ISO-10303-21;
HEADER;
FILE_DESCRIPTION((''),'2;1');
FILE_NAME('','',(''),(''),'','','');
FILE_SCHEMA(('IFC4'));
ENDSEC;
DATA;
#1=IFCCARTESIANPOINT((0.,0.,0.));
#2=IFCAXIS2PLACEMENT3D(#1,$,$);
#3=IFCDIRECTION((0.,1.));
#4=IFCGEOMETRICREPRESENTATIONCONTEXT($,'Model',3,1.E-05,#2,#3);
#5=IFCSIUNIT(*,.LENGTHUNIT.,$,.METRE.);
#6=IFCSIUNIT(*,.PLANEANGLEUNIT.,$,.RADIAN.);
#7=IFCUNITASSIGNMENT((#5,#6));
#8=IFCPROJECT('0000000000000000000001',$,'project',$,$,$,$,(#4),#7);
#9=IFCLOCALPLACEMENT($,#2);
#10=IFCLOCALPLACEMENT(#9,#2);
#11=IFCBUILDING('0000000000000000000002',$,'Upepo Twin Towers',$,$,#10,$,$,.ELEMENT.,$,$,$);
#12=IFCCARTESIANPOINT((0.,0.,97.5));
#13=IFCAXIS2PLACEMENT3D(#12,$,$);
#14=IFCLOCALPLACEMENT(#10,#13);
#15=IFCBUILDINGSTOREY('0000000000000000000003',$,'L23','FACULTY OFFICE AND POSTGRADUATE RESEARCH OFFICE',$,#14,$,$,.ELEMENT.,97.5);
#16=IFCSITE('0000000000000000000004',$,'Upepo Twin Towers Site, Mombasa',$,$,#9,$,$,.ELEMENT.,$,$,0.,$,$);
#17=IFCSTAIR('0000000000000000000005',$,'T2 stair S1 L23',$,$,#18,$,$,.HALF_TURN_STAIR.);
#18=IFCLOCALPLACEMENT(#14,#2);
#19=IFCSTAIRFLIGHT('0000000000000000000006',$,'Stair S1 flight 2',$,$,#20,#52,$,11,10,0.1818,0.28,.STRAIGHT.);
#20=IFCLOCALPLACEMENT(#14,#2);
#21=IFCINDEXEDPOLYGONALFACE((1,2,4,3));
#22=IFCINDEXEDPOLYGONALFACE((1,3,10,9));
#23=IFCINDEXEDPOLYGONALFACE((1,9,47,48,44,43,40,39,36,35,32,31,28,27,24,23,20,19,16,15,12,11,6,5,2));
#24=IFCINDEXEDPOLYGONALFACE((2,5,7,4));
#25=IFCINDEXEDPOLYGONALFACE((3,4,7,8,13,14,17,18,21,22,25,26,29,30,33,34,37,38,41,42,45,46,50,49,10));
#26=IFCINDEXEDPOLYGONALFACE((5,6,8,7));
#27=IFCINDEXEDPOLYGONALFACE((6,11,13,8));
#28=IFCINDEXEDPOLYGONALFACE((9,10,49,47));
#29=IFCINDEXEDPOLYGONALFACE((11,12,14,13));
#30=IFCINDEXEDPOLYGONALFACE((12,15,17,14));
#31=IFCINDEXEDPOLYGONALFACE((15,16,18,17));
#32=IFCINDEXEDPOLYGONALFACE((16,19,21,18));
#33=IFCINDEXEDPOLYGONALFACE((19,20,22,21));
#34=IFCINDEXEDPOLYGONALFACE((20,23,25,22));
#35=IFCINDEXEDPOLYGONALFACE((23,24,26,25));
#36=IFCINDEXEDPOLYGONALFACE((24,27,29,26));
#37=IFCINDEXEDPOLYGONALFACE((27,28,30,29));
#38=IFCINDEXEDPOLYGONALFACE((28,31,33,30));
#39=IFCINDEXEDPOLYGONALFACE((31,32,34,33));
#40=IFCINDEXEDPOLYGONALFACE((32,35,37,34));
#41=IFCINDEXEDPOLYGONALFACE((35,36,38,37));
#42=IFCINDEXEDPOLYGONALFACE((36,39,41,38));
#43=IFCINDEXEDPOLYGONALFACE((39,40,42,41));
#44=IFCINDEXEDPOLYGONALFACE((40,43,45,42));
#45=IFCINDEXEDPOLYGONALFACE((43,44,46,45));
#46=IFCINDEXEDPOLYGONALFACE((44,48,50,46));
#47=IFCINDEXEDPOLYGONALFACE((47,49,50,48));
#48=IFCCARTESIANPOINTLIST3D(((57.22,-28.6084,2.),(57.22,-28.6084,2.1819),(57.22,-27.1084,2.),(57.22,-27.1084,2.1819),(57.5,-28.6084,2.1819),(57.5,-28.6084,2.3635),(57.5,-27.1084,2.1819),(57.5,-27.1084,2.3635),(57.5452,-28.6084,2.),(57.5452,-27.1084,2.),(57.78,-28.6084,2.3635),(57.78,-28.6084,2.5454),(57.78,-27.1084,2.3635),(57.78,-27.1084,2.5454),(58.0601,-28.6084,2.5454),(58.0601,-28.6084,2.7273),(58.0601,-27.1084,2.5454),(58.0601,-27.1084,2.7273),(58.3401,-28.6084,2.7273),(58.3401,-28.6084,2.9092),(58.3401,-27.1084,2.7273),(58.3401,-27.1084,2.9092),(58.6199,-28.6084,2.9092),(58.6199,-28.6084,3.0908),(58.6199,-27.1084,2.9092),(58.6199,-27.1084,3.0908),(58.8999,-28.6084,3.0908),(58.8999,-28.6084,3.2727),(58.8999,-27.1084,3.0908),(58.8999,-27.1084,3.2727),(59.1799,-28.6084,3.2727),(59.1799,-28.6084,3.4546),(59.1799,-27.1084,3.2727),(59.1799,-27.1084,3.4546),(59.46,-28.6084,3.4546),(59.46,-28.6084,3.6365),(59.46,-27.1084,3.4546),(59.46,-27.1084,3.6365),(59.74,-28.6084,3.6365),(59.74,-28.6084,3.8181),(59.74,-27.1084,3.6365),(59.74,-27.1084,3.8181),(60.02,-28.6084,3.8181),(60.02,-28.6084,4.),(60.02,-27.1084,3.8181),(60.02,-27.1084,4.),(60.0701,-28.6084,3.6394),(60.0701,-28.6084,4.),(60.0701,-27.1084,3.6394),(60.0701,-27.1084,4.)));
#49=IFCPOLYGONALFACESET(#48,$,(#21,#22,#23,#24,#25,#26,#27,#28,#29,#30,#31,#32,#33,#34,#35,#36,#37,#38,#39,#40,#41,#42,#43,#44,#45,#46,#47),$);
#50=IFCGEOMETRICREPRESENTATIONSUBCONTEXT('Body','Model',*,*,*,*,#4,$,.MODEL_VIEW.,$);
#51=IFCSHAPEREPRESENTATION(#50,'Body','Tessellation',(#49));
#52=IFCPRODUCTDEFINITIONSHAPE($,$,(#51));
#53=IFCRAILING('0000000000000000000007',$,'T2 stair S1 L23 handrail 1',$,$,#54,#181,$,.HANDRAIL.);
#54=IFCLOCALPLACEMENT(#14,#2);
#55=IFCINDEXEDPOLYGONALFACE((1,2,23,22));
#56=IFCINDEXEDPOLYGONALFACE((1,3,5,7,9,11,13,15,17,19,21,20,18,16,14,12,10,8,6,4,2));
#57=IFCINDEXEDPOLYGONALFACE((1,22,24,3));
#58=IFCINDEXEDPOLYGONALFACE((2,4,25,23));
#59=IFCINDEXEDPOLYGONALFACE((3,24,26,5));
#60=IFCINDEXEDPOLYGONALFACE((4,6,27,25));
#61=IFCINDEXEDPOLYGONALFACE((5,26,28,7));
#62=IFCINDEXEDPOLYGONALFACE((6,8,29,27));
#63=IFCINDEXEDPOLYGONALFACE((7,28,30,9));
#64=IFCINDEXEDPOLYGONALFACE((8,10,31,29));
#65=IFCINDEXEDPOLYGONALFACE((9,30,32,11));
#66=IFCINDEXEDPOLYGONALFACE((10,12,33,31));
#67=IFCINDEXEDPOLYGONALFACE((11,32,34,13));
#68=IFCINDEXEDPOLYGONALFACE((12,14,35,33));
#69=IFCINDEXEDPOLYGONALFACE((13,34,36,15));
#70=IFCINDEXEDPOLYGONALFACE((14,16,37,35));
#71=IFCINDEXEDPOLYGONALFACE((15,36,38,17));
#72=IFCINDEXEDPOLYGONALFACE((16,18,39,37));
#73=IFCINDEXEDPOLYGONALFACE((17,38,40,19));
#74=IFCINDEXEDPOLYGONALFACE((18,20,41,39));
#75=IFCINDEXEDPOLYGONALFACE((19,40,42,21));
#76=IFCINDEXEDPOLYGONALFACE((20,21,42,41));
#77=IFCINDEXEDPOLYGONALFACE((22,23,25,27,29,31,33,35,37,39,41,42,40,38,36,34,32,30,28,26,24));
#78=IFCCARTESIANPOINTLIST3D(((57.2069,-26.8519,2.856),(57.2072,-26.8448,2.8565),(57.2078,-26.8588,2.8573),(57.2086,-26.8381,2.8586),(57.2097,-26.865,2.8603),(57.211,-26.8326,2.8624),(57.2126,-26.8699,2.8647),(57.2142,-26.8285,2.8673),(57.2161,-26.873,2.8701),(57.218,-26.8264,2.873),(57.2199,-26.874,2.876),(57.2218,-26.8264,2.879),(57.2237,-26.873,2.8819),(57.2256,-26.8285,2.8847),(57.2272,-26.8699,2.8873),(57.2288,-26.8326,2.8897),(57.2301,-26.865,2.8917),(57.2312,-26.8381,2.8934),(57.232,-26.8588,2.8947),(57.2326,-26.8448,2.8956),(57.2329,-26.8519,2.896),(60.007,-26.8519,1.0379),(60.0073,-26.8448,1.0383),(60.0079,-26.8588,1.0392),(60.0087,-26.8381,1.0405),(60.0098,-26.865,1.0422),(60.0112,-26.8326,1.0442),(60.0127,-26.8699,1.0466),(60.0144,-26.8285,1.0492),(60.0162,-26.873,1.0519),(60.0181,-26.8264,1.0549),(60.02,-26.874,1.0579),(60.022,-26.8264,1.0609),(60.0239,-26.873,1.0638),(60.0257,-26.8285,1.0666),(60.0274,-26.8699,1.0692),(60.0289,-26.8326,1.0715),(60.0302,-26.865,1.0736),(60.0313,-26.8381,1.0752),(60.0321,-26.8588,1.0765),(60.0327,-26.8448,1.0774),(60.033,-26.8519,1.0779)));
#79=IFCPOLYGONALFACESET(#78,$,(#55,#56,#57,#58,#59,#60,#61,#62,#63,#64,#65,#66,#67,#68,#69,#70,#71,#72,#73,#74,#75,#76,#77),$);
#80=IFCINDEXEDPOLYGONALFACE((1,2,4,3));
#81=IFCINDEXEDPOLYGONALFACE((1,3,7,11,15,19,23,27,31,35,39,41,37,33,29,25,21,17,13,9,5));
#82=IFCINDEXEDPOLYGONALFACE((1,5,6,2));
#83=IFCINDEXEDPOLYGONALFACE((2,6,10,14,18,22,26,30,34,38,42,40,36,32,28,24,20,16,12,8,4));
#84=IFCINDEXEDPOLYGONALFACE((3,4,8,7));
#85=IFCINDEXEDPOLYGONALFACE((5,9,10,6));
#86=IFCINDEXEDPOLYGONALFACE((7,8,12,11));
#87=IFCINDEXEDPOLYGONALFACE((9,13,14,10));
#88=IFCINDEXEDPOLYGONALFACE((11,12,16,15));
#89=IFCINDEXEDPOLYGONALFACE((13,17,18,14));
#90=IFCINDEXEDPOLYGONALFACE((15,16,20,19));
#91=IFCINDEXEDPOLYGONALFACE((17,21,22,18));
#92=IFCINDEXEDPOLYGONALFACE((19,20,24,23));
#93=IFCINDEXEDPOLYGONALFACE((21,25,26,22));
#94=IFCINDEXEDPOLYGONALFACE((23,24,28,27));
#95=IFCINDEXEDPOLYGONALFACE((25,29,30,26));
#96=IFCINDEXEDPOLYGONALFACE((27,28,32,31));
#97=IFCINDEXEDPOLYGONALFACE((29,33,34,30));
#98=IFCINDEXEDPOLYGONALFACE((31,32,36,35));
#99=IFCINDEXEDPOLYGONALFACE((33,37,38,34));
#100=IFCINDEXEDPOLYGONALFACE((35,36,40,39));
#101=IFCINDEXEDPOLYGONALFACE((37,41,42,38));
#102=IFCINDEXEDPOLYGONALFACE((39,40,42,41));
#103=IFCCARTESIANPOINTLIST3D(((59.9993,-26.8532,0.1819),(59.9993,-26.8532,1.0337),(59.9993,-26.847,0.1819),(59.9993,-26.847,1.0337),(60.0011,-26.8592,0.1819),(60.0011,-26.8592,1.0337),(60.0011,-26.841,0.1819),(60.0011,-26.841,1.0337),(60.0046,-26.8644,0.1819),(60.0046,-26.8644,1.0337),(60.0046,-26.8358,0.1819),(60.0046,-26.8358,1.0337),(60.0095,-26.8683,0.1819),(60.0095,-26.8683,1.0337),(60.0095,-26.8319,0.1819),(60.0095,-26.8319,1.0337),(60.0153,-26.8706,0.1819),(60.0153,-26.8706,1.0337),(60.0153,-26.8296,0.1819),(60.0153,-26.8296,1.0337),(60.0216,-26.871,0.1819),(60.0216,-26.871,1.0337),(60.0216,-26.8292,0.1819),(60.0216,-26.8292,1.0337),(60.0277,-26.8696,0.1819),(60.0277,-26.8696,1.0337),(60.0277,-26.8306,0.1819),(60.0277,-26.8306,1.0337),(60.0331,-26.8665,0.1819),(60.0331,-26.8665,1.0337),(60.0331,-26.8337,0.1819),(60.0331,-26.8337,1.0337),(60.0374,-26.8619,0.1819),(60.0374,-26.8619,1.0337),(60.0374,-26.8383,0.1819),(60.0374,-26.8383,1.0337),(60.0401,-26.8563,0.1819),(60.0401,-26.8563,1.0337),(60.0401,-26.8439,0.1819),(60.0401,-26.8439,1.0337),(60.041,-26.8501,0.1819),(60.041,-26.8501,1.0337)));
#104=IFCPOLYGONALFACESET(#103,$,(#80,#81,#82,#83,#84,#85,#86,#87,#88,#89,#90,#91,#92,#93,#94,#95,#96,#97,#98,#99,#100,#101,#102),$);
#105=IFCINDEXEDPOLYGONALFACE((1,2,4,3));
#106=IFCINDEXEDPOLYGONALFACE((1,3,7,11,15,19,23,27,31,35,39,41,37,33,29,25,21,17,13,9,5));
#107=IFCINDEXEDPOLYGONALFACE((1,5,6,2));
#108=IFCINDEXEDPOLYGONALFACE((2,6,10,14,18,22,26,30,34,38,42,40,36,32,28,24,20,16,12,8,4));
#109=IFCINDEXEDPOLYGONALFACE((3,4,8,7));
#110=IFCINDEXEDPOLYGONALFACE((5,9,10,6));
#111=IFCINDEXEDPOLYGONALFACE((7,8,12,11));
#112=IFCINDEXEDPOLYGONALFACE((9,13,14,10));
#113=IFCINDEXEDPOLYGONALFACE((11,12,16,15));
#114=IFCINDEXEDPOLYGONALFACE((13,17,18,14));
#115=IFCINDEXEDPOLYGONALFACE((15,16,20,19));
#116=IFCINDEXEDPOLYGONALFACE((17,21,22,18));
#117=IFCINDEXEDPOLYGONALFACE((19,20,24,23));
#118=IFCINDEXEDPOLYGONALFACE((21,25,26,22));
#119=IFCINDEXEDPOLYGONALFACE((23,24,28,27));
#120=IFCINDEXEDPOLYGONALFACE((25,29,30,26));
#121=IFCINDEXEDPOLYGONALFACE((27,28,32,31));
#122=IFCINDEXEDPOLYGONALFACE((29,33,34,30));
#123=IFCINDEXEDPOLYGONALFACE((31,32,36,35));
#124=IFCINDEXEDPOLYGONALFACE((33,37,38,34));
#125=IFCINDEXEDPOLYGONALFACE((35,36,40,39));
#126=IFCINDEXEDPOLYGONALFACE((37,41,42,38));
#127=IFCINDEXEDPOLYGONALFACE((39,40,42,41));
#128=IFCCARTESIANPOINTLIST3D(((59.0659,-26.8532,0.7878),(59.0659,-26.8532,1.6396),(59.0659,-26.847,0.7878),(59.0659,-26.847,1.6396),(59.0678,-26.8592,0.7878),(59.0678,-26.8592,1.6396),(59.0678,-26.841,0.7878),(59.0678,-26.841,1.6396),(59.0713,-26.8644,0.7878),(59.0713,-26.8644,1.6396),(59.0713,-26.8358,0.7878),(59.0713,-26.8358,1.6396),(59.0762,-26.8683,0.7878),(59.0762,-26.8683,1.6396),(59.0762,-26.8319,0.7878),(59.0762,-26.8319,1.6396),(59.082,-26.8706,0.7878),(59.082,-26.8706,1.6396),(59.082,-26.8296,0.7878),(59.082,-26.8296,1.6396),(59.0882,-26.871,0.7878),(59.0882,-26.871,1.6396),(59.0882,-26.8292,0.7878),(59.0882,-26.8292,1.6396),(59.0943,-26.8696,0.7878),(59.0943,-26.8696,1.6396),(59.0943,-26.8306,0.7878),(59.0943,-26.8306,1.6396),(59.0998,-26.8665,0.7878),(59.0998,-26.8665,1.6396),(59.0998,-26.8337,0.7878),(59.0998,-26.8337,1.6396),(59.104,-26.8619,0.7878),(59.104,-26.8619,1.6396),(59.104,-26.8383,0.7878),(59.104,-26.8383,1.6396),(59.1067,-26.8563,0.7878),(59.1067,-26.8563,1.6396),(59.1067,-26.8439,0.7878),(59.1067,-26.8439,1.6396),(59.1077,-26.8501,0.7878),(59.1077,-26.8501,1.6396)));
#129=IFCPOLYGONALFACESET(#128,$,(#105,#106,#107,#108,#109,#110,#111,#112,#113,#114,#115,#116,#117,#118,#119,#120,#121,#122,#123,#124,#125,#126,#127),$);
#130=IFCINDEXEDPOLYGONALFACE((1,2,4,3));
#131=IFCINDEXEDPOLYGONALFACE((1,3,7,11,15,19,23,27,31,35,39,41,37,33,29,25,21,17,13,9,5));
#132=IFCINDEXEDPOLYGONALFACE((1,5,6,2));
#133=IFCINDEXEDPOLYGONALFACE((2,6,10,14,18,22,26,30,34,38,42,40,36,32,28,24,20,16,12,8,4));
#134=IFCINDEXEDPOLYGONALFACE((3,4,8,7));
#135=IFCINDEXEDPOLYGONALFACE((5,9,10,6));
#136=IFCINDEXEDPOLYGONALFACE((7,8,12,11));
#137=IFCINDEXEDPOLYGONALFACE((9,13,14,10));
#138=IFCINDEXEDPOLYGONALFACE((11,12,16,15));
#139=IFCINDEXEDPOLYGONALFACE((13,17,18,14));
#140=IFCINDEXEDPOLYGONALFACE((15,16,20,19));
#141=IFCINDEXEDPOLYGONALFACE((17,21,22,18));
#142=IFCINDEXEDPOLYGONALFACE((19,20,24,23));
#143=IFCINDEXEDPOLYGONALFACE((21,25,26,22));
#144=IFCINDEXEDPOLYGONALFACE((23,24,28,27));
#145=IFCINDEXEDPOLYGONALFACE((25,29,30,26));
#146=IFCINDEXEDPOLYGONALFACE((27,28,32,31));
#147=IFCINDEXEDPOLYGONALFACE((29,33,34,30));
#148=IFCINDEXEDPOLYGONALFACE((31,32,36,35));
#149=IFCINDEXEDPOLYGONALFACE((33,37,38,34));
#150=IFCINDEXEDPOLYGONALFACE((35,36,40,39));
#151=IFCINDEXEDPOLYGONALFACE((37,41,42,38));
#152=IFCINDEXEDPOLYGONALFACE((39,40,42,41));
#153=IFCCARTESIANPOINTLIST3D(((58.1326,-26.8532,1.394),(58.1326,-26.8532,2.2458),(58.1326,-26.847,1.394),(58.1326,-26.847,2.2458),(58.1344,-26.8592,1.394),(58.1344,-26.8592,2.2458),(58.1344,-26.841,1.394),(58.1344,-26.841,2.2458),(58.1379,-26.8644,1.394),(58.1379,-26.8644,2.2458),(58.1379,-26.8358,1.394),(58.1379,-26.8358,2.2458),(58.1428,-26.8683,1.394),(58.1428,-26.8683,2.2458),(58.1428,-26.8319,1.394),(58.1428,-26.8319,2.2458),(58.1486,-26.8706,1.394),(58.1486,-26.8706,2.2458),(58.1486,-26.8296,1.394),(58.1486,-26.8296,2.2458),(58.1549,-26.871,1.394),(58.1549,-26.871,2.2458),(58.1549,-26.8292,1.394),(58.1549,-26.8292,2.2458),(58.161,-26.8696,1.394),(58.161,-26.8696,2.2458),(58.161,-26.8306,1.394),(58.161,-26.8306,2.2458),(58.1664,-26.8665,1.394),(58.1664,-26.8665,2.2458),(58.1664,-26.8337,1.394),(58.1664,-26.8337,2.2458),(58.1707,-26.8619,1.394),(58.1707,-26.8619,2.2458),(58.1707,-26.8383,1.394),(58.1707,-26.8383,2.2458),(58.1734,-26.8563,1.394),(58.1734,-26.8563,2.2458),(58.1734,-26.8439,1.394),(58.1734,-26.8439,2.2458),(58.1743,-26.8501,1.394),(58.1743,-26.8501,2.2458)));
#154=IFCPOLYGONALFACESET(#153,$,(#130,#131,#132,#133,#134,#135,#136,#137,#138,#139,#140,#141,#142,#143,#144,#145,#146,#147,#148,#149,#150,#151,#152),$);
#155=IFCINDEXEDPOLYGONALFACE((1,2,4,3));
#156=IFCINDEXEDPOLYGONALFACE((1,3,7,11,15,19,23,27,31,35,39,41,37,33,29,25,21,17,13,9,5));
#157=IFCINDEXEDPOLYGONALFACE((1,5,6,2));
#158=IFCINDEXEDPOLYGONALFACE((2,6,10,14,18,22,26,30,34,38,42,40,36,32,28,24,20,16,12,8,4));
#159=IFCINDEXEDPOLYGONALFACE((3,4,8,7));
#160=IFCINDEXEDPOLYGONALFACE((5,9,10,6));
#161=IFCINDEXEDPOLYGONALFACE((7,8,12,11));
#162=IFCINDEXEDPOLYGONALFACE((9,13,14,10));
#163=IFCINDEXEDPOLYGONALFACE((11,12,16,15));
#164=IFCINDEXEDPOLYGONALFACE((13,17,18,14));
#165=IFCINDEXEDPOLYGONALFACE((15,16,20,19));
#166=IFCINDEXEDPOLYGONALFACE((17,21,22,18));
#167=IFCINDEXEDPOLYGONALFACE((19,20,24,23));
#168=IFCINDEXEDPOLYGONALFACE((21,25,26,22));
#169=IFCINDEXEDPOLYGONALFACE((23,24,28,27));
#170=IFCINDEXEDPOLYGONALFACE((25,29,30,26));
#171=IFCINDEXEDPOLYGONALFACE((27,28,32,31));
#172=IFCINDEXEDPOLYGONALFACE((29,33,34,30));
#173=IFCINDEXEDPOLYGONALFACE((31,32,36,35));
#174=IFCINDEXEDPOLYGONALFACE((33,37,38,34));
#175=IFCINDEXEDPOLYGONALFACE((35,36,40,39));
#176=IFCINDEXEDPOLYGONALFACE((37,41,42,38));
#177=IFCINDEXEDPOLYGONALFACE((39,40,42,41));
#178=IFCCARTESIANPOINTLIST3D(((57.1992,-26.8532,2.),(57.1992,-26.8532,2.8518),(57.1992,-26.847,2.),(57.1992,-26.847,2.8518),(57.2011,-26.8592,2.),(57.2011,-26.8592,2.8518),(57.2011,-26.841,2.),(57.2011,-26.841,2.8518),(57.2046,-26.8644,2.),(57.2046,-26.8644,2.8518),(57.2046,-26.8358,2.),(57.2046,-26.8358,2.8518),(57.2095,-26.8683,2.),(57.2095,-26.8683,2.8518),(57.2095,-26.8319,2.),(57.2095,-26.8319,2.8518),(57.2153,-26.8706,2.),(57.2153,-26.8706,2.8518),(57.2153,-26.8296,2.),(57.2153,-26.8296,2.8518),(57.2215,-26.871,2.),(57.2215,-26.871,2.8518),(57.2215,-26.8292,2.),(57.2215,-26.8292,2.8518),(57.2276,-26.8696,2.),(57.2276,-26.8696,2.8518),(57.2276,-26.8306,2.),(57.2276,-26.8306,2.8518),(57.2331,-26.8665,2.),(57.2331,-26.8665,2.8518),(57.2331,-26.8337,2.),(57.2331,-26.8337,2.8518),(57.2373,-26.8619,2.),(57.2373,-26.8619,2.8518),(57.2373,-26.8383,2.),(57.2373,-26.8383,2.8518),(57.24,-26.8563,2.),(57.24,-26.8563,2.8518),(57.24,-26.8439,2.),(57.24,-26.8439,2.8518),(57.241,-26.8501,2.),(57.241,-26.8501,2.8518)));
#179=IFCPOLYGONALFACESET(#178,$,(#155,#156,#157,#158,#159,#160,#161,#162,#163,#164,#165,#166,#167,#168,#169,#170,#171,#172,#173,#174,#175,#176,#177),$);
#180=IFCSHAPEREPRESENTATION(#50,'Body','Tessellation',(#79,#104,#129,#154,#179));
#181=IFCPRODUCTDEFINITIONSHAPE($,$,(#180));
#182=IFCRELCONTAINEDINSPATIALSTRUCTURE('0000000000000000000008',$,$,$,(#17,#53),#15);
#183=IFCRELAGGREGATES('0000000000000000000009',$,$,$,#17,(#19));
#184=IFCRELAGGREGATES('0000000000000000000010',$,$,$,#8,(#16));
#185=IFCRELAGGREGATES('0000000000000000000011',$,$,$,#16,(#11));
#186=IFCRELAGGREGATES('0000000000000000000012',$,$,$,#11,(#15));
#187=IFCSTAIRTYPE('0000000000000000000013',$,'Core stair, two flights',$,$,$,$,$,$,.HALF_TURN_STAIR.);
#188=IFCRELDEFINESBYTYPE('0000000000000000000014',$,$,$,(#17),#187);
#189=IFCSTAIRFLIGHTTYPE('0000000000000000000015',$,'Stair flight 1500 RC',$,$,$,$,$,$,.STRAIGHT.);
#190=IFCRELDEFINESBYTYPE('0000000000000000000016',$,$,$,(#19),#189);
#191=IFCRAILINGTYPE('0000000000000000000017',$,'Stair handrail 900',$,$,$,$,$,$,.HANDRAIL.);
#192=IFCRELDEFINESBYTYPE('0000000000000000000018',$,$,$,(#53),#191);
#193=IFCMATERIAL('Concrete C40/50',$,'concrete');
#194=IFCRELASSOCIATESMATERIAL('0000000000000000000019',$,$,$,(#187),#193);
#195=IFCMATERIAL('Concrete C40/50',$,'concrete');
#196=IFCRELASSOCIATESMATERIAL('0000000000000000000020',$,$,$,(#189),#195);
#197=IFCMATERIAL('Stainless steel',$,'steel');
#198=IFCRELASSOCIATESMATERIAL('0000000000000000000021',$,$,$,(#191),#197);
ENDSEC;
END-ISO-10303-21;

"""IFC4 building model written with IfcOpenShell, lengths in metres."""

from ifc_helpers import new_model, si_unit, direction, frame, origin, origin_2d, place, context, subcontext, project, spatial, polyline, circle, outline, extrude, material, type_object, element, aggregate, save


model = new_model("IFC4")

# Units and contexts
model_context = context("Model", 3, precision=1e-05, world=origin(), true_north=direction((0.0, 1.0)))
body_context = subcontext(model_context, "Body", "Model", "MODEL_VIEW")
ifc_project = project(units=[si_unit("LENGTHUNIT", "METRE"), si_unit("PLANEANGLEUNIT", "RADIAN")], contexts=[model_context])

# Site, building, storey
site_placement = place(None, origin())
site = spatial("IfcSite", under=ifc_project, at=site_placement, Name="Upepo Twin Towers Site, Mombasa", CompositionType="ELEMENT", RefElevation=0.0)
building_placement = place(site_placement, origin())
building = spatial("IfcBuilding", under=site, at=building_placement, Name="Upepo Twin Towers", CompositionType="ELEMENT")
storey_placement = place(building_placement, frame((0.0, 0.0, 97.5)))
storey = spatial("IfcBuildingStorey", under=building, at=storey_placement, Name="L23", Description="FACULTY OFFICE AND POSTGRADUATE RESEARCH OFFICE", CompositionType="ELEMENT", Elevation=97.5)

# Stair, stair flight
ifc_material_1 = material(Name="Concrete C40/50", Category="concrete")
stair_type = type_object("IfcStairType", Name="Core stair, two flights", PredefinedType="HALF_TURN_STAIR", material=ifc_material_1)
stair_placement = place(storey_placement, origin())
stair = element("IfcStair", 1, at=stair_placement, inside=storey, type_object=stair_type, Name="T2 stair S1 L23", PredefinedType="HALF_TURN_STAIR")
ifc_material_2 = material(Name="Concrete C40/50", Category="concrete")
stair_flight_type = type_object("IfcStairFlightType", Name="Stair flight 1500 RC", PredefinedType="STRAIGHT", material=ifc_material_2)
stair_flight_1_placement = place(storey_placement, frame((57.22, -27.8584, 2.0), z_axis=(0.0, 0.0, 1.0), x_axis=(1.0, 0.0, 0.0)))
stair_flight_1 = element("IfcStairFlight", 2, at=stair_flight_1_placement, type_object=stair_flight_type, Name="Stair S1 flight 2", NumberOfRisers=11, NumberOfTreads=10, PredefinedType="STRAIGHT", RiserHeight=0.1818, TreadLength=0.28, context=body_context, shape_type="SweptSolid", body=[
    extrude(outline(polyline([(0.0, 0.0), (0.0, 0.1819), (0.28, 0.1819), (0.28, 0.3635), (0.5601, 0.3635), (0.5601, 0.5454), (0.8401, 0.5454), (0.8401, 0.7273), (1.1201, 0.7273), (1.1201, 0.9092), (1.3999, 0.9092), (1.3999, 1.0908), (1.6799, 1.0908), (1.6799, 1.2727), (1.96, 1.2727), (1.96, 1.4546), (2.24, 1.4546), (2.24, 1.6365), (2.52, 1.6365), (2.52, 1.8181), (2.8, 1.8181), (2.8, 2.0), (2.8501, 2.0), (2.8501, 1.6394), (0.3252, 0.0), (0.0, 0.0)])), frame((0.0, 0.75, 0.0), z_axis=(0.0, -1.0, 0.0), x_axis=(1.0, 0.0, 0.0)), (0.0, 0.0, 1.0), 1.5),
])
aggregate(stair, [stair_flight_1])

# Railing
ifc_material_3 = material(Name="Stainless steel", Category="steel")
railing_type = type_object("IfcRailingType", Name="Stair handrail 900", PredefinedType="HANDRAIL", material=ifc_material_3)
railing_1_placement = place(storey_placement, frame((60.02, -26.8501, 0.1819)))
element("IfcRailing", 3, at=railing_1_placement, inside=storey, type_object=railing_type, Name="T2 stair S1 L23 handrail 1", PredefinedType="HANDRAIL", context=body_context, shape_type="SweptSolid", body=[
    extrude(circle(Radius=0.0239, at=origin_2d()), frame((0.0, 0.0, 0.876), z_axis=(-0.838706, 0.0, 0.544585), x_axis=(0.0, -1.0, 0.0)), (0.0, 0.0, 1.0), 3.3386),
    extrude(circle(Radius=0.021, at=origin_2d()), origin(), (0.0, 0.0, 1.0), 0.8518),
    extrude(circle(Radius=0.021, at=origin_2d()), frame((-0.9333, 0.0, 0.606)), (0.0, 0.0, 1.0), 0.8518),
    extrude(circle(Radius=0.021, at=origin_2d()), frame((-1.8667, 0.0, 1.2122)), (0.0, 0.0, 1.0), 0.8518),
    extrude(circle(Radius=0.021, at=origin_2d()), frame((-2.8, 0.0, 1.8181)), (0.0, 0.0, 1.0), 0.8518),
])

save(model, "model.ifc")
